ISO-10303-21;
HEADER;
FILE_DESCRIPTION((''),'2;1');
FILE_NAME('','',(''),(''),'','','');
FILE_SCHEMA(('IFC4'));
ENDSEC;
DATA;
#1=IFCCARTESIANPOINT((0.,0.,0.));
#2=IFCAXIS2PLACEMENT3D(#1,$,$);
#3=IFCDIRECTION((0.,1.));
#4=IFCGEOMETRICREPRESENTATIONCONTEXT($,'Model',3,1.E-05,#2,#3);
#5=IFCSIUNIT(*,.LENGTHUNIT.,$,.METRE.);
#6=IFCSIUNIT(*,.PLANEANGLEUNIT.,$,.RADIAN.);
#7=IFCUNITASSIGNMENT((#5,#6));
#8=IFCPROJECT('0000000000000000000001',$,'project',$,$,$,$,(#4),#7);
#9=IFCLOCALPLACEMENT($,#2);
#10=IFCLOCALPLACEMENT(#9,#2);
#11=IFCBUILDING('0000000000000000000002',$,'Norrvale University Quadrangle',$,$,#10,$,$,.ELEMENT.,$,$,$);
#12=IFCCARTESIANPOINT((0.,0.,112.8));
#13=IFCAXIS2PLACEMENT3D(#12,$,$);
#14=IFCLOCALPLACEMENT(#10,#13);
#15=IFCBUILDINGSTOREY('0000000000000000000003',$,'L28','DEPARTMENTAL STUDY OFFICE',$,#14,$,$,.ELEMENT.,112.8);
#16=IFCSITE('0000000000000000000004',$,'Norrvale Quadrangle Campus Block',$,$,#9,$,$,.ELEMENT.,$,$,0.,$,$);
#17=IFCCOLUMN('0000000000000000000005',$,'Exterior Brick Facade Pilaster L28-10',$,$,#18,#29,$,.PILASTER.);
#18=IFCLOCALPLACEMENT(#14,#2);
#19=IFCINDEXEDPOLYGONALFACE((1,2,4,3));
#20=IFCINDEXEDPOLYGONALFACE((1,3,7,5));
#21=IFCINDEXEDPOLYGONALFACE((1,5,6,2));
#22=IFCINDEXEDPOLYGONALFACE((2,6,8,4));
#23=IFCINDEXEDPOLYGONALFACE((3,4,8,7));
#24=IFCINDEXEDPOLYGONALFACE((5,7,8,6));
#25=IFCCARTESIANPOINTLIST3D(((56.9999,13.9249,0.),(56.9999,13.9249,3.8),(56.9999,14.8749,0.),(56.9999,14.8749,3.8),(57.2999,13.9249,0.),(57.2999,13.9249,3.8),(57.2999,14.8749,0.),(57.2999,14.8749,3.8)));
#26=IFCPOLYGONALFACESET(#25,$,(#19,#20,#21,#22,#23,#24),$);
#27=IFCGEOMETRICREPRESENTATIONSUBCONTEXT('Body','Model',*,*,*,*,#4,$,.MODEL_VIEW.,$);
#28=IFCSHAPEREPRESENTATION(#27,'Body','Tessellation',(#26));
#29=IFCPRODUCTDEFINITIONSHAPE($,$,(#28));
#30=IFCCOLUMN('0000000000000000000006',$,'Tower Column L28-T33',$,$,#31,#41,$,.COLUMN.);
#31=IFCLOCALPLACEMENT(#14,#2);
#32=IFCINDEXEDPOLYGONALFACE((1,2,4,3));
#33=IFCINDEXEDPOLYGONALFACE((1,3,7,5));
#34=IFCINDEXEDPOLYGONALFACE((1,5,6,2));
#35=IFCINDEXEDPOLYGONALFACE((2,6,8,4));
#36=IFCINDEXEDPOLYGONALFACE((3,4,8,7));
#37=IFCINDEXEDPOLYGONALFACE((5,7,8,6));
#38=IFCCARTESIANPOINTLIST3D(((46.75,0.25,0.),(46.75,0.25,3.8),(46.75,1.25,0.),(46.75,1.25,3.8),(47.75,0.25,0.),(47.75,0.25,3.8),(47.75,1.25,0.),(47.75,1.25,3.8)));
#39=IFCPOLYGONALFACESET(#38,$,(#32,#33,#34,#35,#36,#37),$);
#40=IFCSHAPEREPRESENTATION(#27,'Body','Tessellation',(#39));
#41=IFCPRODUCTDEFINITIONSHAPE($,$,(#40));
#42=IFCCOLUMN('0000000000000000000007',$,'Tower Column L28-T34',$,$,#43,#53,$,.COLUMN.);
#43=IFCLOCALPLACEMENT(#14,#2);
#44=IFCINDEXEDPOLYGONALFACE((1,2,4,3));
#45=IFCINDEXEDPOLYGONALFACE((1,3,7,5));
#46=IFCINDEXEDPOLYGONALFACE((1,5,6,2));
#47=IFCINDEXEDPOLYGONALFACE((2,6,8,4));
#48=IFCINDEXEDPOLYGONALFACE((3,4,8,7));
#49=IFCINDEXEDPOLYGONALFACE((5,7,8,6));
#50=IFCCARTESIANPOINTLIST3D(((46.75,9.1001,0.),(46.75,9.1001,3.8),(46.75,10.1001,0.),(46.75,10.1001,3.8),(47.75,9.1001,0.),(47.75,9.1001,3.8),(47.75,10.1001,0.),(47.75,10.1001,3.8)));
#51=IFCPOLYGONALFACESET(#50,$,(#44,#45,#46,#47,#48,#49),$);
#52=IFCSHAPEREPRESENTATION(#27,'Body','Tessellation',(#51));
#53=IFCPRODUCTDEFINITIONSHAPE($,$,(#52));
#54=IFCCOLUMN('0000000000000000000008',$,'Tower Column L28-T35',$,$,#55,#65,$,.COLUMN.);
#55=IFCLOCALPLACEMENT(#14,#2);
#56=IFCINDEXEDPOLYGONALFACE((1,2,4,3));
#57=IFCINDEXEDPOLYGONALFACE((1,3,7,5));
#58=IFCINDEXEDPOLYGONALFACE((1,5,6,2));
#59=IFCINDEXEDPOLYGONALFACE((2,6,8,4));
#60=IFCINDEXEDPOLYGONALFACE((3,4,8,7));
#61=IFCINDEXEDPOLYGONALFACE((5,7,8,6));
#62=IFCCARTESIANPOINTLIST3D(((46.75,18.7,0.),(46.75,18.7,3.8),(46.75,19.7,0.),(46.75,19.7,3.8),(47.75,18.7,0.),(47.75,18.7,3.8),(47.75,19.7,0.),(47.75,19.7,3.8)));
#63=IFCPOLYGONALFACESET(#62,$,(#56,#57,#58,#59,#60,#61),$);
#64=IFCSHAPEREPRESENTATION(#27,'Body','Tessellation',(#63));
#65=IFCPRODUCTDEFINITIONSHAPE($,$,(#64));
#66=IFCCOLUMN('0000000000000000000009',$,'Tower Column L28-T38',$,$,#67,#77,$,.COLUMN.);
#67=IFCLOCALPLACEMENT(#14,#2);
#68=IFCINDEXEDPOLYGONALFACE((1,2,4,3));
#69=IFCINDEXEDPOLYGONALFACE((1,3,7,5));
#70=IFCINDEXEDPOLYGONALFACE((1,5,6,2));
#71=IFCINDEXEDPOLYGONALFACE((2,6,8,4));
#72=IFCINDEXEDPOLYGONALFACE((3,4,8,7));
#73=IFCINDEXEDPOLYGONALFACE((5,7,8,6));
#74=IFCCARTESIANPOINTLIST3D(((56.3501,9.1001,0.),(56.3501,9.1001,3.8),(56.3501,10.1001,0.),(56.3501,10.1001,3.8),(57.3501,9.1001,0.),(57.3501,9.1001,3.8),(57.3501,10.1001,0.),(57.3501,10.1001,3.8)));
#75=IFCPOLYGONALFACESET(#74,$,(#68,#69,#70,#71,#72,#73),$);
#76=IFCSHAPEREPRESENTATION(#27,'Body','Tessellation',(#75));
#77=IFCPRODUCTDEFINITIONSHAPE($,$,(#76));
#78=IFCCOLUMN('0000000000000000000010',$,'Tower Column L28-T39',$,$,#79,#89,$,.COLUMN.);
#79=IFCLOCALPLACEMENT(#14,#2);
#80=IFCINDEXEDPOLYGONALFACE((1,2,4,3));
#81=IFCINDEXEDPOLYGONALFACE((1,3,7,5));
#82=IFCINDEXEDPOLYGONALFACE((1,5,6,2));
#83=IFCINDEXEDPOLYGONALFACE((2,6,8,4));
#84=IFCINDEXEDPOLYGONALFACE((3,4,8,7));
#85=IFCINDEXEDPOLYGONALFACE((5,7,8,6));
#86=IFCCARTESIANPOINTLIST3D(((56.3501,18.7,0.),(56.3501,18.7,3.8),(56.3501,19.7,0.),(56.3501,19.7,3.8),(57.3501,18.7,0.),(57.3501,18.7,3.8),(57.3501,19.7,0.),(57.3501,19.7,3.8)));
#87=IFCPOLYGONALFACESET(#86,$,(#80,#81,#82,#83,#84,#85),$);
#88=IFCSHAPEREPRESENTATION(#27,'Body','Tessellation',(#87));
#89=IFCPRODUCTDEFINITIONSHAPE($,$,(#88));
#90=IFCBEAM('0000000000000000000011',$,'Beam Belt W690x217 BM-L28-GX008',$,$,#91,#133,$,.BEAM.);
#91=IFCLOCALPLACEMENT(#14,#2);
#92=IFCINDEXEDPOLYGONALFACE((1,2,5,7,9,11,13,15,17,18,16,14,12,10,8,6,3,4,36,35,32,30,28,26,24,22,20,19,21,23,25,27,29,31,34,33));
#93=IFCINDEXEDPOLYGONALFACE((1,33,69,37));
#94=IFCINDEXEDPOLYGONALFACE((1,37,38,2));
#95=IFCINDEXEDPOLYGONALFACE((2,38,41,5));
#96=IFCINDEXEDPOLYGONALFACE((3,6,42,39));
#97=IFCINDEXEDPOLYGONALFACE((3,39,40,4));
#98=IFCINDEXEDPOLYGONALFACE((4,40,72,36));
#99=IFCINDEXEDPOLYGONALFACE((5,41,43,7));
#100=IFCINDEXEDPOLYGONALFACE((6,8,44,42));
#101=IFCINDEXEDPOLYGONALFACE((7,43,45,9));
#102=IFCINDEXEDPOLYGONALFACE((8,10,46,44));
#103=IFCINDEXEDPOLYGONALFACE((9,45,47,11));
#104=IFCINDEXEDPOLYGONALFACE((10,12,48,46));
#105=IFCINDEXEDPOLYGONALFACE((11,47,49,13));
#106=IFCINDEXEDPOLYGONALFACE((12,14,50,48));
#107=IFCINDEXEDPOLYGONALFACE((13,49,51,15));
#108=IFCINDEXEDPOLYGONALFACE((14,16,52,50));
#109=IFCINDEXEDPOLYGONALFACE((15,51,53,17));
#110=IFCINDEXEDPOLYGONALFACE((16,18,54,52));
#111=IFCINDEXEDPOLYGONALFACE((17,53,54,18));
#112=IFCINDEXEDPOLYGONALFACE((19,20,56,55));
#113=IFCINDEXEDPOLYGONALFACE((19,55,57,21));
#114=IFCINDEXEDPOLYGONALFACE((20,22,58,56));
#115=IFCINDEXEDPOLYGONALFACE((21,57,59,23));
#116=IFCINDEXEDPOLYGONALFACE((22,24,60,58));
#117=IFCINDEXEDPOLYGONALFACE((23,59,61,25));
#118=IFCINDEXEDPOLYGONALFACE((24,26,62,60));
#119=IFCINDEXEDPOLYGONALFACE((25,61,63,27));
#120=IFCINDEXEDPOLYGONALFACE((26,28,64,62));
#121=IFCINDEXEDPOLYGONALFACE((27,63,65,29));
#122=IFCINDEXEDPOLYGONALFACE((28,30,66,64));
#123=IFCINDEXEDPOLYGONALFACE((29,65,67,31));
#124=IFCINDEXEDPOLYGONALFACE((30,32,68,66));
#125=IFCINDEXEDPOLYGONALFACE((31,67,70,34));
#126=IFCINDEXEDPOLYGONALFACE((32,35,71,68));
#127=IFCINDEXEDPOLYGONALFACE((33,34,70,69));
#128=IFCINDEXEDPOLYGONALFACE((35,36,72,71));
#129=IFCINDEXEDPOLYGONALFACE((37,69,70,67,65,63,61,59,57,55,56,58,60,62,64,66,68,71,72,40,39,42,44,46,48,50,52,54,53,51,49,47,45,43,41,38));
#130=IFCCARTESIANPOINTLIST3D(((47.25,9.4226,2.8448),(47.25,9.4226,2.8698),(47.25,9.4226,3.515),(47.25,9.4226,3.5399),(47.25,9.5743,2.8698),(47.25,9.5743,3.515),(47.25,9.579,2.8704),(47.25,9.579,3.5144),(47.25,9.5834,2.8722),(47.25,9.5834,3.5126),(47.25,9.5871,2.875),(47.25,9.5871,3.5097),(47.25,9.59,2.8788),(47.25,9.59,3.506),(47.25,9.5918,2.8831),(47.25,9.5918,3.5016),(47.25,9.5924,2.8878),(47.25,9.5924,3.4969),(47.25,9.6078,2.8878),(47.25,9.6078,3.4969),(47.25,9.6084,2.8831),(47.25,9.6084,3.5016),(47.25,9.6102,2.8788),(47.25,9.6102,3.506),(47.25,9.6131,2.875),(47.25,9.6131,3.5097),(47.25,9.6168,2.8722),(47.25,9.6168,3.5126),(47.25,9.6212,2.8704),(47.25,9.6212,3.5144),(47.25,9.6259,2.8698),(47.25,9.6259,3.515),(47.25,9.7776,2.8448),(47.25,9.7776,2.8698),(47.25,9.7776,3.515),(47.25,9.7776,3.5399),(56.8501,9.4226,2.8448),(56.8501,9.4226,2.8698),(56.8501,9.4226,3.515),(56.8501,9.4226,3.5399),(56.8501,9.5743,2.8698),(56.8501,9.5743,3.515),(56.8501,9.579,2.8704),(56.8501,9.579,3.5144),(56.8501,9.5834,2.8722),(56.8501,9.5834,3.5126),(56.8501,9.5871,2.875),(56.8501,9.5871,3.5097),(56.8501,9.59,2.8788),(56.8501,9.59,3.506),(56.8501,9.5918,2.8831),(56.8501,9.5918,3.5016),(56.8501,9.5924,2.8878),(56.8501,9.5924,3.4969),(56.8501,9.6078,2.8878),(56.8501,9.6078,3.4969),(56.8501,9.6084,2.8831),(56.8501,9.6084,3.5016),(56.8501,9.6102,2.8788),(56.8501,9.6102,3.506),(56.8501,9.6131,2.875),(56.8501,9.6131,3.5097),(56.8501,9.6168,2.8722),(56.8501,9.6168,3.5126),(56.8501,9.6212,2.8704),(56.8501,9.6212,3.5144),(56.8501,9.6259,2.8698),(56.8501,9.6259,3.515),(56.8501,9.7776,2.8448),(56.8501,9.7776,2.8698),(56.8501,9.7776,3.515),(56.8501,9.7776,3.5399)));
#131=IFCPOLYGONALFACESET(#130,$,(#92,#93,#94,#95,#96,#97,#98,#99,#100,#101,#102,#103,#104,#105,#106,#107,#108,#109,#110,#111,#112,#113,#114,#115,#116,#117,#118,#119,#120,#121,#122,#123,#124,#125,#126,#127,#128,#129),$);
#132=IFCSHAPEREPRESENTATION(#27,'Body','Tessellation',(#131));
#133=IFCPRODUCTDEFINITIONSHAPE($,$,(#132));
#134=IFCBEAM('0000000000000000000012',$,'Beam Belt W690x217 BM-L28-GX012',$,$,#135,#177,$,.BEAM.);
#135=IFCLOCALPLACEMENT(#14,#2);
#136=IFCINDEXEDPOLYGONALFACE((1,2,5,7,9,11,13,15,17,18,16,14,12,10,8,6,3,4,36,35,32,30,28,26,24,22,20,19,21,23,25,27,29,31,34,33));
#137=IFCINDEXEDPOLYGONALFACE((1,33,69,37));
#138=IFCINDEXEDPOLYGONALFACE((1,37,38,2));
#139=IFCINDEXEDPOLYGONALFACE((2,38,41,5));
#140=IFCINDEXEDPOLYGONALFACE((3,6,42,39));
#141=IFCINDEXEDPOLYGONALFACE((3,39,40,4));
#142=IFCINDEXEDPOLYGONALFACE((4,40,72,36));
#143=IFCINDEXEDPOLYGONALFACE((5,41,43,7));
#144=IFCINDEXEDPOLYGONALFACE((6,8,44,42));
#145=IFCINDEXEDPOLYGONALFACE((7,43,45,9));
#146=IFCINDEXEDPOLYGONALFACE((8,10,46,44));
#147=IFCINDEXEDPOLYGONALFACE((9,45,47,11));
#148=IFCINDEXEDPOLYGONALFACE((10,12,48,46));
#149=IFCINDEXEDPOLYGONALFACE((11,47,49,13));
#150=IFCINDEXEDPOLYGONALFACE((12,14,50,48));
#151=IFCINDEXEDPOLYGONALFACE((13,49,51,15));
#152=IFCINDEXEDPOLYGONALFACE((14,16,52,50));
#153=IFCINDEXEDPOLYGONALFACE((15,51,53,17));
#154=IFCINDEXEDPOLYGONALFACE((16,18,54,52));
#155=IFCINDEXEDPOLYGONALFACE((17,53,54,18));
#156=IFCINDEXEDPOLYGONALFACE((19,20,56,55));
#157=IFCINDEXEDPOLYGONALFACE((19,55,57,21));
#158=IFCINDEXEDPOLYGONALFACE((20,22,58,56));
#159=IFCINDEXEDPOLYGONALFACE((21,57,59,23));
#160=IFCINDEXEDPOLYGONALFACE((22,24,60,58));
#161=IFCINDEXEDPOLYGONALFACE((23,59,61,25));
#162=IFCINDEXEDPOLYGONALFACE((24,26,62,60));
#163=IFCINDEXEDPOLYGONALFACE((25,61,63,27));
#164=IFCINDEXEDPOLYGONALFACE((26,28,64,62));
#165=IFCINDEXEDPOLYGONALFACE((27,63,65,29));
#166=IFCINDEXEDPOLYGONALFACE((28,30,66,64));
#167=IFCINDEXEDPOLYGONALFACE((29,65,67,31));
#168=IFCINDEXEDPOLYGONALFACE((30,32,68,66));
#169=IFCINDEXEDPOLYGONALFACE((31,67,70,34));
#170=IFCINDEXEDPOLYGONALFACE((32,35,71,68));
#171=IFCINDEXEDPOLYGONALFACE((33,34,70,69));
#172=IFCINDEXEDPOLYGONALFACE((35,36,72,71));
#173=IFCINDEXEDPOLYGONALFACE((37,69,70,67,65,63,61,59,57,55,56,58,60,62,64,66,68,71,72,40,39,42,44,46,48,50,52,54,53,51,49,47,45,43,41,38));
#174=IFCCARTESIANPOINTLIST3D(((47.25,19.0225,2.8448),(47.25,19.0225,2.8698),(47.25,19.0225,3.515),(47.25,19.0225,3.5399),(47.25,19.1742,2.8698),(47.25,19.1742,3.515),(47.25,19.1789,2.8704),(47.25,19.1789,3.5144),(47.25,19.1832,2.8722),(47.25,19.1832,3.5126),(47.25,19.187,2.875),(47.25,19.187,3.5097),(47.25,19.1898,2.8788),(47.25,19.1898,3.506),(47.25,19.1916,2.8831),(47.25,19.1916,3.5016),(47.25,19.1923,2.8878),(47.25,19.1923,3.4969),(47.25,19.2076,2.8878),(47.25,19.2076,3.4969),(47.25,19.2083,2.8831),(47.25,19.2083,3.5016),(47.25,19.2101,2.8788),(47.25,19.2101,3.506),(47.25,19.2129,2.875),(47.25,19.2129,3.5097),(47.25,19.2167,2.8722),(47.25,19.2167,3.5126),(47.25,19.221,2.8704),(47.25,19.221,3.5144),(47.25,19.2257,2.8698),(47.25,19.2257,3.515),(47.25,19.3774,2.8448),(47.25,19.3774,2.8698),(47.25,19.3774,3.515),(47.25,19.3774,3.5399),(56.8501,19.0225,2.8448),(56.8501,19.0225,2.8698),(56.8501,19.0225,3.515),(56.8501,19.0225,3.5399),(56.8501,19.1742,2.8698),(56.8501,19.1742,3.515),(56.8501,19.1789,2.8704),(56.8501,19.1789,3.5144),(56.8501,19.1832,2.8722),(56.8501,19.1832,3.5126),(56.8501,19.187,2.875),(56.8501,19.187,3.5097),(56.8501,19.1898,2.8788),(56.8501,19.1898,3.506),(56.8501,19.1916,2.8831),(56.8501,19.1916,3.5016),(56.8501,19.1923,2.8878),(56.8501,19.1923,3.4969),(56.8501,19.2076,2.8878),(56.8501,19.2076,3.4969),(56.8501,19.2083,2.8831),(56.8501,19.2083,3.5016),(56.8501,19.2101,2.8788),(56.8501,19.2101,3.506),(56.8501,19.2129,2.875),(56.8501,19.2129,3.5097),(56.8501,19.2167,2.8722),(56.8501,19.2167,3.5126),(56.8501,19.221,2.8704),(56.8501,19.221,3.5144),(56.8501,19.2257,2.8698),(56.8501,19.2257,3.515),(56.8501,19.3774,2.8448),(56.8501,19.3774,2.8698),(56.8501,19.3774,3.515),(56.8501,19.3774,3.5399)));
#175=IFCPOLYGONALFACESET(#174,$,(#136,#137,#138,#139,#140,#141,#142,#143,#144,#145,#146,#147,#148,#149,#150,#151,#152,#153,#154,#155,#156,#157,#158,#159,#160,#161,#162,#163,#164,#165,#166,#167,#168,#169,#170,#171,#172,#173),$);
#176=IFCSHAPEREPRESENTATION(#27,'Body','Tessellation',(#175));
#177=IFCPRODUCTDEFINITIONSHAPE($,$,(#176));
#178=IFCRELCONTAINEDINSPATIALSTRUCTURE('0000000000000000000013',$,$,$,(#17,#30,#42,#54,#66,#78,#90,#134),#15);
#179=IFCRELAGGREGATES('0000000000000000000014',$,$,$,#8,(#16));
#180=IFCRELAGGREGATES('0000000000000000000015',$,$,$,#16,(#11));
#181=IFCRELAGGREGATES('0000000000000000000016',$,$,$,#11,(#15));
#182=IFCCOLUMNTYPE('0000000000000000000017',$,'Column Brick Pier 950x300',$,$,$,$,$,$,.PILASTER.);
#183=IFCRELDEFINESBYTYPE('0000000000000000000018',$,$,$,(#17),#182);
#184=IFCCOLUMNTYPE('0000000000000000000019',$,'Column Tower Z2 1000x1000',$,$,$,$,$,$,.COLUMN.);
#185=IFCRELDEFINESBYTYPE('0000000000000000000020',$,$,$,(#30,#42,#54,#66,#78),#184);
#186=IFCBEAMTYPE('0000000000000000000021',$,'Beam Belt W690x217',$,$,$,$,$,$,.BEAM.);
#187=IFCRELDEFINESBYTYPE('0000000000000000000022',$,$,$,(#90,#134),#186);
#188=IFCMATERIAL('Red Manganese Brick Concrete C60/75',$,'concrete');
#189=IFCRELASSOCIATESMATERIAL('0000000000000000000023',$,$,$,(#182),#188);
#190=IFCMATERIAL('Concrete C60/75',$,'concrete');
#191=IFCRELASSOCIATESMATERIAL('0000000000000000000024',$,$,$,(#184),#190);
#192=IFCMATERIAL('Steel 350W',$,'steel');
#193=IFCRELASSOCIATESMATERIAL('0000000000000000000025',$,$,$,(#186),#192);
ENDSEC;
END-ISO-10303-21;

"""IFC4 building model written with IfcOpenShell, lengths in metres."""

from ifc_helpers import new_model, si_unit, direction, frame, origin, origin_2d, place, context, subcontext, project, spatial, rectangle, i_section, extrude, material, material_profile, profile_set, type_object, element, save


model = new_model("IFC4")

# Units and contexts
model_context = context("Model", 3, precision=1e-05, world=origin(), true_north=direction((0.0, 1.0)))
body_context = subcontext(model_context, "Body", "Model", "MODEL_VIEW")
ifc_project = project(units=[si_unit("LENGTHUNIT", "METRE"), si_unit("PLANEANGLEUNIT", "RADIAN")], contexts=[model_context])

# Site, building, storey
site_placement = place(None, origin())
site = spatial("IfcSite", under=ifc_project, at=site_placement, Name="Norrvale Quadrangle Campus Block", CompositionType="ELEMENT", RefElevation=0.0)
building_placement = place(site_placement, origin())
building = spatial("IfcBuilding", under=site, at=building_placement, Name="Norrvale University Quadrangle", CompositionType="ELEMENT")
storey_placement = place(building_placement, frame((0.0, 0.0, 112.8)))
storey = spatial("IfcBuildingStorey", under=building, at=storey_placement, Name="L28", Description="DEPARTMENTAL STUDY OFFICE", CompositionType="ELEMENT", Elevation=112.8)

# Columns
ifc_material_1 = material(Name="Red Manganese Brick Concrete C60/75", Category="concrete")
ifc_material_profile_1 = material_profile(ifc_material_1, rectangle(XDim=0.95, YDim=0.3, at=origin_2d()), Name="Red Manganese Brick Concrete C60/75")
ifc_profile_set_1 = profile_set([ifc_material_profile_1], Name="Red Manganese Brick Concrete C60/75")
column_type_1 = type_object("IfcColumnType", Name="Column Brick Pier 950x300", PredefinedType="PILASTER", material=ifc_profile_set_1)
column_placement = place(storey_placement, frame((57.1499, 14.3999, 0.0), z_axis=(0.0, 0.0, 1.0), x_axis=(0.0, 1.0, 0.0)))
element("IfcColumn", 1, at=column_placement, inside=storey, type_object=column_type_1, Name="Exterior Brick Facade Pilaster L28-10", PredefinedType="PILASTER", context=body_context, shape_type="SweptSolid", body=[
    extrude(rectangle(XDim=0.95, YDim=0.3, at=origin_2d()), origin(), (0.0, 0.0, 1.0), 3.8),
])
ifc_material_2 = material(Name="Concrete C60/75", Category="concrete")
ifc_material_profile_2 = material_profile(ifc_material_2, rectangle(XDim=1.0, YDim=1.0, at=origin_2d()), Name="Concrete C60/75")
ifc_profile_set_2 = profile_set([ifc_material_profile_2], Name="Concrete C60/75")
column_type_2 = type_object("IfcColumnType", Name="Column Tower Z2 1000x1000", PredefinedType="COLUMN", material=ifc_profile_set_2)
for number, where, z_axis, x_axis, name in (
    (2, (47.25, 0.75, 0.0), (0.0, 0.0, 1.0), (1.0, 0.0, 0.0), "Tower Column L28-T33"),
    (3, (47.25, 9.6001, 0.0), (0.0, 0.0, 1.0), (1.0, 0.0, 0.0), "Tower Column L28-T34"),
    (4, (47.25, 19.2, 0.0), (0.0, 0.0, 1.0), (1.0, 0.0, 0.0), "Tower Column L28-T35"),
    (5, (56.8501, 9.6001, 0.0), (0.0, 0.0, 1.0), (1.0, 0.0, 0.0), "Tower Column L28-T38"),
    (6, (56.8501, 19.2, 0.0), (0.0, 0.0, 1.0), (1.0, 0.0, 0.0), "Tower Column L28-T39"),
):
    element("IfcColumn", number, at=place(storey_placement, frame(where, z_axis=z_axis, x_axis=x_axis)), inside=storey, type_object=column_type_2, Name=name, PredefinedType="COLUMN", context=body_context, shape_type="SweptSolid", body=[
        extrude(rectangle(XDim=1.0, YDim=1.0, at=origin_2d()), origin(), (0.0, 0.0, 1.0), 3.8),
    ])

# Beams
ifc_material_3 = material(Name="Steel 350W", Category="steel")
ifc_material_profile_3 = material_profile(ifc_material_3, i_section(OverallWidth=0.355, OverallDepth=0.6951, WebThickness=0.0154, FlangeThickness=0.0249, FilletRadius=0.0181, at=origin_2d()), Name="Steel 350W")
ifc_profile_set_3 = profile_set([ifc_material_profile_3], Name="Steel 350W")
beam_type_1 = type_object("IfcBeamType", Name="Beam Belt W690x217", PredefinedType="BEAM", material=ifc_profile_set_3)
for number, where, z_axis, x_axis, name in (
    (7, (47.25, 9.6001, 3.1924), (1.0, 0.0, 0.0), (0.0, 1.0, 0.0), "Beam Belt W690x217 BM-L28-GX008"),
    (8, (47.25, 19.2, 3.1924), (1.0, 0.0, 0.0), (0.0, 1.0, 0.0), "Beam Belt W690x217 BM-L28-GX012"),
):
    element("IfcBeam", number, at=place(storey_placement, frame(where, z_axis=z_axis, x_axis=x_axis)), inside=storey, type_object=beam_type_1, Name=name, PredefinedType="BEAM", context=body_context, shape_type="SweptSolid", body=[
        extrude(i_section(OverallWidth=0.355, OverallDepth=0.6951, WebThickness=0.0154, FlangeThickness=0.0249, FilletRadius=0.0181, at=origin_2d()), origin(), (0.0, 0.0, 1.0), 9.6001),
    ])

save(model, "model.ifc")
